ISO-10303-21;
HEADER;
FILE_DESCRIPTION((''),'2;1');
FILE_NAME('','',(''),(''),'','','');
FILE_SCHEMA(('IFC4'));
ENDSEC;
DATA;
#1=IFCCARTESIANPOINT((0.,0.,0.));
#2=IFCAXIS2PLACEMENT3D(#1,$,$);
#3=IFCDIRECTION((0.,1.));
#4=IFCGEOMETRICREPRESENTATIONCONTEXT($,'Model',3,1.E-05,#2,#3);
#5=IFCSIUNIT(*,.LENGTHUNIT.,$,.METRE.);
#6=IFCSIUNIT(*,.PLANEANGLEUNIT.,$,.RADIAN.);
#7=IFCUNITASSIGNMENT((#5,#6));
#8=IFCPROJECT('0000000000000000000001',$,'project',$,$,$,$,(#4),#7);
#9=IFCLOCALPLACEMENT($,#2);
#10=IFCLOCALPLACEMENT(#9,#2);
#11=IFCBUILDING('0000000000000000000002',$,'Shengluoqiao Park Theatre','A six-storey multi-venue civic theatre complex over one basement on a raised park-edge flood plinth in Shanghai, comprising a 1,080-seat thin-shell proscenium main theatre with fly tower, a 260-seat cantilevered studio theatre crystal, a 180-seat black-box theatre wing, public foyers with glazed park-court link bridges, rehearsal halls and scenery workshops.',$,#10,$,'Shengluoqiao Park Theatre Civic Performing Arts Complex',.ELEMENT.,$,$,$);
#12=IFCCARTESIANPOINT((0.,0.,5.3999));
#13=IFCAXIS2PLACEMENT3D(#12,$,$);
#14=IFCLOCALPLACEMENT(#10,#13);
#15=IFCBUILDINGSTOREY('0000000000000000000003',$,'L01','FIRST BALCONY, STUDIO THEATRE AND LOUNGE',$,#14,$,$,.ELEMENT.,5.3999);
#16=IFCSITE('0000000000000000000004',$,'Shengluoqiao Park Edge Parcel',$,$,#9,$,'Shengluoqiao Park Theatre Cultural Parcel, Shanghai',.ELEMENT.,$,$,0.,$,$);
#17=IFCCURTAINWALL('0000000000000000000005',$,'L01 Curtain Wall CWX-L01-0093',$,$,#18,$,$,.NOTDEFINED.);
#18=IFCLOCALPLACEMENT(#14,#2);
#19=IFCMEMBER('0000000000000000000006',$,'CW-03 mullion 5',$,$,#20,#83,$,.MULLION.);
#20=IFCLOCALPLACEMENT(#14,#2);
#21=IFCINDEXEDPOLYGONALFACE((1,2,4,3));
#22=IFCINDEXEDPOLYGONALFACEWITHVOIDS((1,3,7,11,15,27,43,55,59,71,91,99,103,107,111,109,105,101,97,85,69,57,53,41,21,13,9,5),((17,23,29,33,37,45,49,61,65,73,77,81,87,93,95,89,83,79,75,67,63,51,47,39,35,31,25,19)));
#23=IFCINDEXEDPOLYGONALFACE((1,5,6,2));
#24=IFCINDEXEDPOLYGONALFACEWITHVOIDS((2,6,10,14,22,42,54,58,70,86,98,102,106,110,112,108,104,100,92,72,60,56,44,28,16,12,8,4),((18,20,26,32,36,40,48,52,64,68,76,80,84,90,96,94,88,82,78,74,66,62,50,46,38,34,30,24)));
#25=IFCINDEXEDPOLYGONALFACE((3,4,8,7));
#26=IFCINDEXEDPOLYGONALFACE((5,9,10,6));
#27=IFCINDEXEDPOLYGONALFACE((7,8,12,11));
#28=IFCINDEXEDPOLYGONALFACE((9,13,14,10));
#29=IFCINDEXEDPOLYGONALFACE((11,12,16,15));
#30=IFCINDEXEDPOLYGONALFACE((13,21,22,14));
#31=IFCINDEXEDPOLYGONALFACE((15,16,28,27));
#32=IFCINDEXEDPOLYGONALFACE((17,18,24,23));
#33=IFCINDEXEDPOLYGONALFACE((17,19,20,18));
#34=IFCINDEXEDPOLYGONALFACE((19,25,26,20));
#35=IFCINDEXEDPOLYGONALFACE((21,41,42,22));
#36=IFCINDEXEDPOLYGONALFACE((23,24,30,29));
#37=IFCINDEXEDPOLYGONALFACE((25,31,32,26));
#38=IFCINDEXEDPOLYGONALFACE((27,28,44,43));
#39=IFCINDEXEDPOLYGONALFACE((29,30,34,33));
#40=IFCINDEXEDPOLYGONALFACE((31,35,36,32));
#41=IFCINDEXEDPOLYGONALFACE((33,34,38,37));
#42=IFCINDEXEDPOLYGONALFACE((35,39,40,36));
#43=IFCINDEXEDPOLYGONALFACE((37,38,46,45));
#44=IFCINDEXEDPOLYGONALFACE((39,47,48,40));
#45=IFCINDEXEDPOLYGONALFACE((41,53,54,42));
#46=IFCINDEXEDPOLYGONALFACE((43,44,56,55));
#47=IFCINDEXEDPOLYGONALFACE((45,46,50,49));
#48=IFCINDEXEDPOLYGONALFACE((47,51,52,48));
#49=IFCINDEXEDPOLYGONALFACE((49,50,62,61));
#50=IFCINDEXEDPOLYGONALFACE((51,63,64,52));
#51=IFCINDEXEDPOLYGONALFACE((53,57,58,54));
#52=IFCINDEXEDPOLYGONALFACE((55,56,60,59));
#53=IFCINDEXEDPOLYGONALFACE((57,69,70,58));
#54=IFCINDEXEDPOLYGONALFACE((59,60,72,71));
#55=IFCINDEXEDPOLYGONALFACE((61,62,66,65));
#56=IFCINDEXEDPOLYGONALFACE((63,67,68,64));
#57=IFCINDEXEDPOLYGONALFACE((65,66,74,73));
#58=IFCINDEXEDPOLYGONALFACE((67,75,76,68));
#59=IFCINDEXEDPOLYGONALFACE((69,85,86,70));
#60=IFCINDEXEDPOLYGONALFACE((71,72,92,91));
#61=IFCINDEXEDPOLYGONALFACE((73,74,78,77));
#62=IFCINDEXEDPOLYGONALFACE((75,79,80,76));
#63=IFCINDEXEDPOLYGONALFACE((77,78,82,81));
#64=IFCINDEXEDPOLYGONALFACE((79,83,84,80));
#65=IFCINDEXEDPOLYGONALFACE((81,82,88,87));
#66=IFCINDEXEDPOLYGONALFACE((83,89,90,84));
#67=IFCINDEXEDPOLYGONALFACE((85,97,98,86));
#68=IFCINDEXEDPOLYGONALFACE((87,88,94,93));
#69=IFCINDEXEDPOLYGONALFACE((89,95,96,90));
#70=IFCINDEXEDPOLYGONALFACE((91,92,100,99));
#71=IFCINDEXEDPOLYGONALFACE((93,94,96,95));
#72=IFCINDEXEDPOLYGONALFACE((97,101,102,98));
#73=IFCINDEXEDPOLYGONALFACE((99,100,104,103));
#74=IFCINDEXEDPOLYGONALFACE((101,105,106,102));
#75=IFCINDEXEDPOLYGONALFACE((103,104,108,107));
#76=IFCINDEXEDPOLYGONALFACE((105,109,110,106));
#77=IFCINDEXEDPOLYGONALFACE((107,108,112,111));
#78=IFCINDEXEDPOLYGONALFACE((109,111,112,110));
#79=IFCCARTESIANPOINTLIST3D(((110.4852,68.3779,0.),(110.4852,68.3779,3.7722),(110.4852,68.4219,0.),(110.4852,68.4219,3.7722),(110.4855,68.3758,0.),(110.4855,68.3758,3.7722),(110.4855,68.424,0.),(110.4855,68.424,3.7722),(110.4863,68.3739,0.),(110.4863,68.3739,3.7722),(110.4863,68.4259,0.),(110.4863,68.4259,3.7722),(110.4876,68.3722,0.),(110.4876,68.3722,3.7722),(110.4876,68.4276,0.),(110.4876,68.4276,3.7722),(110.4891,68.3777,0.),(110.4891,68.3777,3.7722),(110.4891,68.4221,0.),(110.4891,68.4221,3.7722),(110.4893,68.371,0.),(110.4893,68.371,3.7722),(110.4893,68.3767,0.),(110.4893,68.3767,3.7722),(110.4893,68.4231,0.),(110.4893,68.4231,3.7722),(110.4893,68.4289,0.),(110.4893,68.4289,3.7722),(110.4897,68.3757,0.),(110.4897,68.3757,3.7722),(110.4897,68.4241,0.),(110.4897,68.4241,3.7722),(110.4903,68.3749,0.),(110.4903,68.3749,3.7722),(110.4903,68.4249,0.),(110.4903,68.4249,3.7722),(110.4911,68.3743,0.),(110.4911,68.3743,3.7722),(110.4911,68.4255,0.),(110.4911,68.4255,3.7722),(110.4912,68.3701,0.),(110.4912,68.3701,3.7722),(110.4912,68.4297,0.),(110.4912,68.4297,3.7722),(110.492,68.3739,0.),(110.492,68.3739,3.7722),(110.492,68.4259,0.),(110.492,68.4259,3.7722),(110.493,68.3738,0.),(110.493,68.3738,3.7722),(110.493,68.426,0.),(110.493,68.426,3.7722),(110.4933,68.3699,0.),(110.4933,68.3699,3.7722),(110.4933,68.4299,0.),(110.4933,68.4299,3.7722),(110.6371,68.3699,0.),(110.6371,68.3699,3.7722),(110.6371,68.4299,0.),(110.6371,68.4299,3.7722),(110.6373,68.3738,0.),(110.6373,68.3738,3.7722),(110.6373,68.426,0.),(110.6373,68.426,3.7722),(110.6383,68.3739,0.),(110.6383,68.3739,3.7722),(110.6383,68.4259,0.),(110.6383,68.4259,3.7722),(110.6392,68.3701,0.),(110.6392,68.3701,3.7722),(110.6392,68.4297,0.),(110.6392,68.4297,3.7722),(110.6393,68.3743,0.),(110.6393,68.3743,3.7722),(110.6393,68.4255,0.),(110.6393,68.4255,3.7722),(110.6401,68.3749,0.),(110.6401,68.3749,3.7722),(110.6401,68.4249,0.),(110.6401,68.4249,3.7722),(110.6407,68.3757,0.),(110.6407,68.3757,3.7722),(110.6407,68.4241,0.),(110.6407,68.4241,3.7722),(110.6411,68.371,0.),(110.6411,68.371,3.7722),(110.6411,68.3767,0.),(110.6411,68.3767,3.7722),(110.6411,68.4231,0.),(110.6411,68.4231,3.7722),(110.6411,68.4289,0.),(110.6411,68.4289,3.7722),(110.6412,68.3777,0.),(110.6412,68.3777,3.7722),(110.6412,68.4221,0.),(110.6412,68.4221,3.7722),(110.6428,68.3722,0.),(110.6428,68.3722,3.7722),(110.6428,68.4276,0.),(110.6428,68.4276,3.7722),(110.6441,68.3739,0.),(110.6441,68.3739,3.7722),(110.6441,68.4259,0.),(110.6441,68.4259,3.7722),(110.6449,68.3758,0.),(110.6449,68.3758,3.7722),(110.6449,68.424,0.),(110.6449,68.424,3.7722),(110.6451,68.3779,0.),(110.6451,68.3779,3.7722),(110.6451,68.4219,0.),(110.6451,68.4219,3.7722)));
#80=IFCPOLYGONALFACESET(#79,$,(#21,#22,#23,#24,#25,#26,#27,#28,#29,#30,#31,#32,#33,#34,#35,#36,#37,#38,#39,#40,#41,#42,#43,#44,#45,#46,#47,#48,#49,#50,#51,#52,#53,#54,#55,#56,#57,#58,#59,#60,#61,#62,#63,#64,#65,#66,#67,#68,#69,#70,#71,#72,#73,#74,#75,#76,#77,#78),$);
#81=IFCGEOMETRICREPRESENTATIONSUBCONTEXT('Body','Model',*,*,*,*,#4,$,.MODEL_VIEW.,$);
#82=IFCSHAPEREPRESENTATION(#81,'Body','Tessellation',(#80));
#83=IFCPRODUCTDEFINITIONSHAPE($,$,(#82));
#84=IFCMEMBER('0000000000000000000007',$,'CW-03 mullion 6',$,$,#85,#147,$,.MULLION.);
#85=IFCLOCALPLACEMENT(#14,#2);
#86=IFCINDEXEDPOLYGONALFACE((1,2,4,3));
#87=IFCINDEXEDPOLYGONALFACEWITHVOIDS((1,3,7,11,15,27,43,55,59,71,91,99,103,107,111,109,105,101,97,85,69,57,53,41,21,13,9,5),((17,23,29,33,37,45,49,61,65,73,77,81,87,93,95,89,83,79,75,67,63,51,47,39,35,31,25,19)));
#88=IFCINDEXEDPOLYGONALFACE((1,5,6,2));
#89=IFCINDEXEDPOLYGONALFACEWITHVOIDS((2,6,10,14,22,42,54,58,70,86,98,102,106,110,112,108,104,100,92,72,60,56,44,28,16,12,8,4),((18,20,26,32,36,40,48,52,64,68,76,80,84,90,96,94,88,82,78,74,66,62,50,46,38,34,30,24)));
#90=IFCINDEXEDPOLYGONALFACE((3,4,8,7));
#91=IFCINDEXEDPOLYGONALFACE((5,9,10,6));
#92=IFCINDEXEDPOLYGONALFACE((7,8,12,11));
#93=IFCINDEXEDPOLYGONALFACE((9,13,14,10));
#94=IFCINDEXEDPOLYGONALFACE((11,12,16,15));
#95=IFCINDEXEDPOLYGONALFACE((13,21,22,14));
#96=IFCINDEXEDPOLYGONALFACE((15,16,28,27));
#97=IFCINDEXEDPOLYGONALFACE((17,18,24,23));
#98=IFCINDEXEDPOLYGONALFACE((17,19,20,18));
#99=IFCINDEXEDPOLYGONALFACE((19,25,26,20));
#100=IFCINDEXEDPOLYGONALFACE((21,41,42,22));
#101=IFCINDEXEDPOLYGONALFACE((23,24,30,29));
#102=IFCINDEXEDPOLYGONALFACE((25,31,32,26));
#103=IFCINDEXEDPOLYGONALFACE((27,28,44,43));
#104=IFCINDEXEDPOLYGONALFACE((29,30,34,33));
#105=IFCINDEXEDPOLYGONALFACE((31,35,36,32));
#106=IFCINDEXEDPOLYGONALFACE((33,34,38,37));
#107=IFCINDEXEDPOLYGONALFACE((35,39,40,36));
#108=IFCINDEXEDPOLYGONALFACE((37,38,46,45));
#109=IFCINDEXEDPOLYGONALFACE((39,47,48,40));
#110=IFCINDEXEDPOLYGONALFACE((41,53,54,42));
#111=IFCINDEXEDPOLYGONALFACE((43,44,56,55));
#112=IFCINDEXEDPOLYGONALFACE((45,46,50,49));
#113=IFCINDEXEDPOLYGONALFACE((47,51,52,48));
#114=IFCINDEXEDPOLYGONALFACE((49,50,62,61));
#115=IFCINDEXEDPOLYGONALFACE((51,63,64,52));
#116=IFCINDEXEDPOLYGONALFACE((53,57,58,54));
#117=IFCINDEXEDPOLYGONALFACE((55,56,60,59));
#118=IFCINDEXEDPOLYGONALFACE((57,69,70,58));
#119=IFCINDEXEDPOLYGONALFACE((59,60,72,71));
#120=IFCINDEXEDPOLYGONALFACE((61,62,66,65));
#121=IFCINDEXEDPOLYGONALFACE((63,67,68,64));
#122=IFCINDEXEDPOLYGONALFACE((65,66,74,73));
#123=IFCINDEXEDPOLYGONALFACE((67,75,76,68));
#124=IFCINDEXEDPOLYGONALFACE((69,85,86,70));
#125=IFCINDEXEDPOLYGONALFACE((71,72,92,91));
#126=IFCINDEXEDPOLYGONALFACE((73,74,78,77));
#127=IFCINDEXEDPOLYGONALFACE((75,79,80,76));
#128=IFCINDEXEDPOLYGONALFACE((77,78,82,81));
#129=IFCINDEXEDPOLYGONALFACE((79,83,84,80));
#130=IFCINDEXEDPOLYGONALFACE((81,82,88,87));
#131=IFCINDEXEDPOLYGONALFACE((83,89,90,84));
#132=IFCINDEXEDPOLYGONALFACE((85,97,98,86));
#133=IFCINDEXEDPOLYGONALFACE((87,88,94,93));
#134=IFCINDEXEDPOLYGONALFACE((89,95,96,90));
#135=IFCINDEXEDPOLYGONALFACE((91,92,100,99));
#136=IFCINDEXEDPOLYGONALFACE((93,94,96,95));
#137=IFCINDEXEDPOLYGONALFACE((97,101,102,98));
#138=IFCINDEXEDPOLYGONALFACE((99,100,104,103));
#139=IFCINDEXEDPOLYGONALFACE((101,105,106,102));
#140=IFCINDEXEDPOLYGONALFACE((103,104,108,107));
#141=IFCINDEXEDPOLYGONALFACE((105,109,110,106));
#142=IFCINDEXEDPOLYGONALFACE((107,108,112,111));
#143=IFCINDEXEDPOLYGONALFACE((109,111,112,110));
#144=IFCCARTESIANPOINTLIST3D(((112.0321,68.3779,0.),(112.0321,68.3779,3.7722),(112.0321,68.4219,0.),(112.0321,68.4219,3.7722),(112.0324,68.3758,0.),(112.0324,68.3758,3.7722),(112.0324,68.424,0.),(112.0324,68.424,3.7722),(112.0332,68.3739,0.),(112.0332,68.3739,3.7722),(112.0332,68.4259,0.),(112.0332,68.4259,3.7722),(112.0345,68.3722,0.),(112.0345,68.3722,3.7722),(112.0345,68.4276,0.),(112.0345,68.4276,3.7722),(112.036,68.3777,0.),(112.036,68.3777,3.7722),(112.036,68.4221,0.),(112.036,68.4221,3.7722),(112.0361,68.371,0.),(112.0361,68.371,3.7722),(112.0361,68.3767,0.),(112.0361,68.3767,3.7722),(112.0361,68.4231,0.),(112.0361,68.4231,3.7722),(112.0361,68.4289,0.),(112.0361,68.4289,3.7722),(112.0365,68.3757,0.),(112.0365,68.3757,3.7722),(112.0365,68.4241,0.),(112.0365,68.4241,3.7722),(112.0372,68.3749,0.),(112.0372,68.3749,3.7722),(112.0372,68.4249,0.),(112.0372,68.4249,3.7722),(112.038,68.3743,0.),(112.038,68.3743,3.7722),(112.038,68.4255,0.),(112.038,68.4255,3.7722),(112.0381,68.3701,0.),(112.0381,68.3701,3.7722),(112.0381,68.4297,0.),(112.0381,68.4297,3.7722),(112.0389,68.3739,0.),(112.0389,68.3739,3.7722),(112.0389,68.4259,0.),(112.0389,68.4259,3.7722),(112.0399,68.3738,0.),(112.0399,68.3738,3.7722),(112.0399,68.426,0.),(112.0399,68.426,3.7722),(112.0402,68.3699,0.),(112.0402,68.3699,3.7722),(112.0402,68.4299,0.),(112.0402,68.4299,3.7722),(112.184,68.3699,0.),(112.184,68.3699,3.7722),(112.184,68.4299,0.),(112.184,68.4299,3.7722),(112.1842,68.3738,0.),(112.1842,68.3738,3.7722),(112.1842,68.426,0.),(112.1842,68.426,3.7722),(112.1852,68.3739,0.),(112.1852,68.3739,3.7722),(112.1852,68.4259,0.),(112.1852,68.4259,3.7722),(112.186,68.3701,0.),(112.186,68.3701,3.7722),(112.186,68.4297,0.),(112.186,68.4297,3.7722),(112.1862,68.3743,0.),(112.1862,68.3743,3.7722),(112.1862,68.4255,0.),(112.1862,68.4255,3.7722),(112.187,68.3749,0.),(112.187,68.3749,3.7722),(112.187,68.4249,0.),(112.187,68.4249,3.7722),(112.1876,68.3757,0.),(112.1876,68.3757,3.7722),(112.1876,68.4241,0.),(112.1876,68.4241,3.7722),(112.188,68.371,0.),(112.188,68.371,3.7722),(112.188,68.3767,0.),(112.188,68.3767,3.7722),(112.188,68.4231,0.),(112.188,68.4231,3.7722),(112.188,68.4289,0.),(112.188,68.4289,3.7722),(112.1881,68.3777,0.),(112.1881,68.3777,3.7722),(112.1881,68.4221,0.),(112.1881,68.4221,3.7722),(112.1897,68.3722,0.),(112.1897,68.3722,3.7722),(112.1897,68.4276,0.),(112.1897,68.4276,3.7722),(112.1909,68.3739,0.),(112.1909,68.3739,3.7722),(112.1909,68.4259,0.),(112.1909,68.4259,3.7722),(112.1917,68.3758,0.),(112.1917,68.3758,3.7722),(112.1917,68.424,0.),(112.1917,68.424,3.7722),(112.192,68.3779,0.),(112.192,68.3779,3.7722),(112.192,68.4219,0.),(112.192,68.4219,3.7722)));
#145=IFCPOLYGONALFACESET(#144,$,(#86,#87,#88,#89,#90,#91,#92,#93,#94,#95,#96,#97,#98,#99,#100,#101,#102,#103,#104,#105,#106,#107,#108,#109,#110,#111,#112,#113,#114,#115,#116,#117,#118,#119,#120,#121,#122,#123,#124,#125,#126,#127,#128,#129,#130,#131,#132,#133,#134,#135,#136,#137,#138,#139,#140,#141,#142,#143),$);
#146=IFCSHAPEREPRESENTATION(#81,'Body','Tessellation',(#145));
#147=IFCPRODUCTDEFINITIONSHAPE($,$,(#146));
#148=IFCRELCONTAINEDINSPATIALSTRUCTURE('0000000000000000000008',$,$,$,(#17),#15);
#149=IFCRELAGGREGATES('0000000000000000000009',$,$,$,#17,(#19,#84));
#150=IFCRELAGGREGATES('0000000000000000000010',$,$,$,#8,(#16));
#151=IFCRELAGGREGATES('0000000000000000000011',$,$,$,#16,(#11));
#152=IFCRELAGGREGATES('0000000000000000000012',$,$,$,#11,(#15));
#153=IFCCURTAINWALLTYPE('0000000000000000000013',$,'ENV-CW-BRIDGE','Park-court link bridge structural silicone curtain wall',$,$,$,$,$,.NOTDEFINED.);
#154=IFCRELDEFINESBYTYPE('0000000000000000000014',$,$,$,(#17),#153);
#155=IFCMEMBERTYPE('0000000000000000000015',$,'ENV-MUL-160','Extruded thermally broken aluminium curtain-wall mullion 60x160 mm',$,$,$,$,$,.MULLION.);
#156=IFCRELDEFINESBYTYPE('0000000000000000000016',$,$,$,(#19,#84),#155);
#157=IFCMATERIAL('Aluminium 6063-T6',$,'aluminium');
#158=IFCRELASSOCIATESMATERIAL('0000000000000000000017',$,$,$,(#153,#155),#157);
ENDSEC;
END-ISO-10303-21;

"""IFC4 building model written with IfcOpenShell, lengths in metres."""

from ifc_helpers import new_model, si_unit, direction, frame, origin, origin_2d, place, context, subcontext, project, spatial, hollow_rectangle, extrude, material, material_profile, profile_set, type_object, element, aggregate, save


model = new_model("IFC4")

# Units and contexts
model_context = context("Model", 3, precision=1e-05, world=origin(), true_north=direction((0.0, 1.0)))
body_context = subcontext(model_context, "Body", "Model", "MODEL_VIEW")
ifc_project = project(units=[si_unit("LENGTHUNIT", "METRE"), si_unit("PLANEANGLEUNIT", "RADIAN")], contexts=[model_context])

# Site, building, storey
site_placement = place(None, origin())
site = spatial("IfcSite", under=ifc_project, at=site_placement, Name="Shengluoqiao Park Edge Parcel", LongName="Shengluoqiao Park Theatre Cultural Parcel, Shanghai", CompositionType="ELEMENT", RefElevation=0.0)
building_placement = place(site_placement, origin())
building = spatial("IfcBuilding", under=site, at=building_placement, Name="Shengluoqiao Park Theatre", Description="A six-storey multi-venue civic theatre complex over one basement on a raised park-edge flood plinth in Shanghai, comprising a 1,080-seat thin-shell proscenium main theatre with fly tower, a 260-seat cantilevered studio theatre crystal, a 180-seat black-box theatre wing, public foyers with glazed park-court link bridges, rehearsal halls and scenery workshops.", LongName="Shengluoqiao Park Theatre Civic Performing Arts Complex", CompositionType="ELEMENT")
storey_placement = place(building_placement, frame((0.0, 0.0, 5.3999)))
storey = spatial("IfcBuildingStorey", under=building, at=storey_placement, Name="L01", Description="FIRST BALCONY, STUDIO THEATRE AND LOUNGE", CompositionType="ELEMENT", Elevation=5.3999)

# Curtain wall, members
ifc_material_1 = material(Name="Aluminium 6063-T6", Category="aluminium")
curtain_wall_type = type_object("IfcCurtainWallType", Name="ENV-CW-BRIDGE", Description="Park-court link bridge structural silicone curtain wall", PredefinedType="NOTDEFINED", material=ifc_material_1)
curtain_wall_1_placement = place(storey_placement, origin())
curtain_wall_1 = element("IfcCurtainWall", 1, at=curtain_wall_1_placement, inside=storey, type_object=curtain_wall_type, Name="L01 Curtain Wall CWX-L01-0093", PredefinedType="NOTDEFINED")
ifc_material_profile_1 = material_profile(ifc_material_1, hollow_rectangle(XDim=0.0601, YDim=0.1599, WallThickness=0.0039, InnerFilletRadius=0.0039, OuterFilletRadius=0.0081, at=origin_2d()), Name="ALU MULLION 160x60x4")
ifc_profile_set_1 = profile_set([ifc_material_profile_1], Name="Aluminium 6063-T6")
member_type_1 = type_object("IfcMemberType", Name="ENV-MUL-160", Description="Extruded thermally broken aluminium curtain-wall mullion 60x160 mm", PredefinedType="MULLION", material=ifc_profile_set_1)
member_1_placement = place(storey_placement, frame((110.5652, 68.3999, 0.0), z_axis=(0.0, 0.0, 1.0), x_axis=(0.0, 1.0, 0.0)))
member_1 = element("IfcMember", 2, at=member_1_placement, type_object=member_type_1, Name="CW-03 mullion 5", PredefinedType="MULLION", context=body_context, shape_type="SweptSolid", body=[
    extrude(hollow_rectangle(XDim=0.0601, YDim=0.1599, WallThickness=0.0039, InnerFilletRadius=0.0039, OuterFilletRadius=0.0081, at=origin_2d()), origin(), (0.0, 0.0, 1.0), 3.7722),
])
member_2_placement = place(storey_placement, frame((112.1121, 68.3999, 0.0), z_axis=(0.0, 0.0, 1.0), x_axis=(0.0, 1.0, 0.0)))
member_2 = element("IfcMember", 3, at=member_2_placement, type_object=member_type_1, Name="CW-03 mullion 6", PredefinedType="MULLION", context=body_context, shape_type="SweptSolid", body=[
    extrude(hollow_rectangle(XDim=0.0601, YDim=0.1599, WallThickness=0.0039, InnerFilletRadius=0.0039, OuterFilletRadius=0.0081, at=origin_2d()), origin(), (0.0, 0.0, 1.0), 3.7722),
])

aggregate(curtain_wall_1, [member_1, member_2])

save(model, "model.ifc")
